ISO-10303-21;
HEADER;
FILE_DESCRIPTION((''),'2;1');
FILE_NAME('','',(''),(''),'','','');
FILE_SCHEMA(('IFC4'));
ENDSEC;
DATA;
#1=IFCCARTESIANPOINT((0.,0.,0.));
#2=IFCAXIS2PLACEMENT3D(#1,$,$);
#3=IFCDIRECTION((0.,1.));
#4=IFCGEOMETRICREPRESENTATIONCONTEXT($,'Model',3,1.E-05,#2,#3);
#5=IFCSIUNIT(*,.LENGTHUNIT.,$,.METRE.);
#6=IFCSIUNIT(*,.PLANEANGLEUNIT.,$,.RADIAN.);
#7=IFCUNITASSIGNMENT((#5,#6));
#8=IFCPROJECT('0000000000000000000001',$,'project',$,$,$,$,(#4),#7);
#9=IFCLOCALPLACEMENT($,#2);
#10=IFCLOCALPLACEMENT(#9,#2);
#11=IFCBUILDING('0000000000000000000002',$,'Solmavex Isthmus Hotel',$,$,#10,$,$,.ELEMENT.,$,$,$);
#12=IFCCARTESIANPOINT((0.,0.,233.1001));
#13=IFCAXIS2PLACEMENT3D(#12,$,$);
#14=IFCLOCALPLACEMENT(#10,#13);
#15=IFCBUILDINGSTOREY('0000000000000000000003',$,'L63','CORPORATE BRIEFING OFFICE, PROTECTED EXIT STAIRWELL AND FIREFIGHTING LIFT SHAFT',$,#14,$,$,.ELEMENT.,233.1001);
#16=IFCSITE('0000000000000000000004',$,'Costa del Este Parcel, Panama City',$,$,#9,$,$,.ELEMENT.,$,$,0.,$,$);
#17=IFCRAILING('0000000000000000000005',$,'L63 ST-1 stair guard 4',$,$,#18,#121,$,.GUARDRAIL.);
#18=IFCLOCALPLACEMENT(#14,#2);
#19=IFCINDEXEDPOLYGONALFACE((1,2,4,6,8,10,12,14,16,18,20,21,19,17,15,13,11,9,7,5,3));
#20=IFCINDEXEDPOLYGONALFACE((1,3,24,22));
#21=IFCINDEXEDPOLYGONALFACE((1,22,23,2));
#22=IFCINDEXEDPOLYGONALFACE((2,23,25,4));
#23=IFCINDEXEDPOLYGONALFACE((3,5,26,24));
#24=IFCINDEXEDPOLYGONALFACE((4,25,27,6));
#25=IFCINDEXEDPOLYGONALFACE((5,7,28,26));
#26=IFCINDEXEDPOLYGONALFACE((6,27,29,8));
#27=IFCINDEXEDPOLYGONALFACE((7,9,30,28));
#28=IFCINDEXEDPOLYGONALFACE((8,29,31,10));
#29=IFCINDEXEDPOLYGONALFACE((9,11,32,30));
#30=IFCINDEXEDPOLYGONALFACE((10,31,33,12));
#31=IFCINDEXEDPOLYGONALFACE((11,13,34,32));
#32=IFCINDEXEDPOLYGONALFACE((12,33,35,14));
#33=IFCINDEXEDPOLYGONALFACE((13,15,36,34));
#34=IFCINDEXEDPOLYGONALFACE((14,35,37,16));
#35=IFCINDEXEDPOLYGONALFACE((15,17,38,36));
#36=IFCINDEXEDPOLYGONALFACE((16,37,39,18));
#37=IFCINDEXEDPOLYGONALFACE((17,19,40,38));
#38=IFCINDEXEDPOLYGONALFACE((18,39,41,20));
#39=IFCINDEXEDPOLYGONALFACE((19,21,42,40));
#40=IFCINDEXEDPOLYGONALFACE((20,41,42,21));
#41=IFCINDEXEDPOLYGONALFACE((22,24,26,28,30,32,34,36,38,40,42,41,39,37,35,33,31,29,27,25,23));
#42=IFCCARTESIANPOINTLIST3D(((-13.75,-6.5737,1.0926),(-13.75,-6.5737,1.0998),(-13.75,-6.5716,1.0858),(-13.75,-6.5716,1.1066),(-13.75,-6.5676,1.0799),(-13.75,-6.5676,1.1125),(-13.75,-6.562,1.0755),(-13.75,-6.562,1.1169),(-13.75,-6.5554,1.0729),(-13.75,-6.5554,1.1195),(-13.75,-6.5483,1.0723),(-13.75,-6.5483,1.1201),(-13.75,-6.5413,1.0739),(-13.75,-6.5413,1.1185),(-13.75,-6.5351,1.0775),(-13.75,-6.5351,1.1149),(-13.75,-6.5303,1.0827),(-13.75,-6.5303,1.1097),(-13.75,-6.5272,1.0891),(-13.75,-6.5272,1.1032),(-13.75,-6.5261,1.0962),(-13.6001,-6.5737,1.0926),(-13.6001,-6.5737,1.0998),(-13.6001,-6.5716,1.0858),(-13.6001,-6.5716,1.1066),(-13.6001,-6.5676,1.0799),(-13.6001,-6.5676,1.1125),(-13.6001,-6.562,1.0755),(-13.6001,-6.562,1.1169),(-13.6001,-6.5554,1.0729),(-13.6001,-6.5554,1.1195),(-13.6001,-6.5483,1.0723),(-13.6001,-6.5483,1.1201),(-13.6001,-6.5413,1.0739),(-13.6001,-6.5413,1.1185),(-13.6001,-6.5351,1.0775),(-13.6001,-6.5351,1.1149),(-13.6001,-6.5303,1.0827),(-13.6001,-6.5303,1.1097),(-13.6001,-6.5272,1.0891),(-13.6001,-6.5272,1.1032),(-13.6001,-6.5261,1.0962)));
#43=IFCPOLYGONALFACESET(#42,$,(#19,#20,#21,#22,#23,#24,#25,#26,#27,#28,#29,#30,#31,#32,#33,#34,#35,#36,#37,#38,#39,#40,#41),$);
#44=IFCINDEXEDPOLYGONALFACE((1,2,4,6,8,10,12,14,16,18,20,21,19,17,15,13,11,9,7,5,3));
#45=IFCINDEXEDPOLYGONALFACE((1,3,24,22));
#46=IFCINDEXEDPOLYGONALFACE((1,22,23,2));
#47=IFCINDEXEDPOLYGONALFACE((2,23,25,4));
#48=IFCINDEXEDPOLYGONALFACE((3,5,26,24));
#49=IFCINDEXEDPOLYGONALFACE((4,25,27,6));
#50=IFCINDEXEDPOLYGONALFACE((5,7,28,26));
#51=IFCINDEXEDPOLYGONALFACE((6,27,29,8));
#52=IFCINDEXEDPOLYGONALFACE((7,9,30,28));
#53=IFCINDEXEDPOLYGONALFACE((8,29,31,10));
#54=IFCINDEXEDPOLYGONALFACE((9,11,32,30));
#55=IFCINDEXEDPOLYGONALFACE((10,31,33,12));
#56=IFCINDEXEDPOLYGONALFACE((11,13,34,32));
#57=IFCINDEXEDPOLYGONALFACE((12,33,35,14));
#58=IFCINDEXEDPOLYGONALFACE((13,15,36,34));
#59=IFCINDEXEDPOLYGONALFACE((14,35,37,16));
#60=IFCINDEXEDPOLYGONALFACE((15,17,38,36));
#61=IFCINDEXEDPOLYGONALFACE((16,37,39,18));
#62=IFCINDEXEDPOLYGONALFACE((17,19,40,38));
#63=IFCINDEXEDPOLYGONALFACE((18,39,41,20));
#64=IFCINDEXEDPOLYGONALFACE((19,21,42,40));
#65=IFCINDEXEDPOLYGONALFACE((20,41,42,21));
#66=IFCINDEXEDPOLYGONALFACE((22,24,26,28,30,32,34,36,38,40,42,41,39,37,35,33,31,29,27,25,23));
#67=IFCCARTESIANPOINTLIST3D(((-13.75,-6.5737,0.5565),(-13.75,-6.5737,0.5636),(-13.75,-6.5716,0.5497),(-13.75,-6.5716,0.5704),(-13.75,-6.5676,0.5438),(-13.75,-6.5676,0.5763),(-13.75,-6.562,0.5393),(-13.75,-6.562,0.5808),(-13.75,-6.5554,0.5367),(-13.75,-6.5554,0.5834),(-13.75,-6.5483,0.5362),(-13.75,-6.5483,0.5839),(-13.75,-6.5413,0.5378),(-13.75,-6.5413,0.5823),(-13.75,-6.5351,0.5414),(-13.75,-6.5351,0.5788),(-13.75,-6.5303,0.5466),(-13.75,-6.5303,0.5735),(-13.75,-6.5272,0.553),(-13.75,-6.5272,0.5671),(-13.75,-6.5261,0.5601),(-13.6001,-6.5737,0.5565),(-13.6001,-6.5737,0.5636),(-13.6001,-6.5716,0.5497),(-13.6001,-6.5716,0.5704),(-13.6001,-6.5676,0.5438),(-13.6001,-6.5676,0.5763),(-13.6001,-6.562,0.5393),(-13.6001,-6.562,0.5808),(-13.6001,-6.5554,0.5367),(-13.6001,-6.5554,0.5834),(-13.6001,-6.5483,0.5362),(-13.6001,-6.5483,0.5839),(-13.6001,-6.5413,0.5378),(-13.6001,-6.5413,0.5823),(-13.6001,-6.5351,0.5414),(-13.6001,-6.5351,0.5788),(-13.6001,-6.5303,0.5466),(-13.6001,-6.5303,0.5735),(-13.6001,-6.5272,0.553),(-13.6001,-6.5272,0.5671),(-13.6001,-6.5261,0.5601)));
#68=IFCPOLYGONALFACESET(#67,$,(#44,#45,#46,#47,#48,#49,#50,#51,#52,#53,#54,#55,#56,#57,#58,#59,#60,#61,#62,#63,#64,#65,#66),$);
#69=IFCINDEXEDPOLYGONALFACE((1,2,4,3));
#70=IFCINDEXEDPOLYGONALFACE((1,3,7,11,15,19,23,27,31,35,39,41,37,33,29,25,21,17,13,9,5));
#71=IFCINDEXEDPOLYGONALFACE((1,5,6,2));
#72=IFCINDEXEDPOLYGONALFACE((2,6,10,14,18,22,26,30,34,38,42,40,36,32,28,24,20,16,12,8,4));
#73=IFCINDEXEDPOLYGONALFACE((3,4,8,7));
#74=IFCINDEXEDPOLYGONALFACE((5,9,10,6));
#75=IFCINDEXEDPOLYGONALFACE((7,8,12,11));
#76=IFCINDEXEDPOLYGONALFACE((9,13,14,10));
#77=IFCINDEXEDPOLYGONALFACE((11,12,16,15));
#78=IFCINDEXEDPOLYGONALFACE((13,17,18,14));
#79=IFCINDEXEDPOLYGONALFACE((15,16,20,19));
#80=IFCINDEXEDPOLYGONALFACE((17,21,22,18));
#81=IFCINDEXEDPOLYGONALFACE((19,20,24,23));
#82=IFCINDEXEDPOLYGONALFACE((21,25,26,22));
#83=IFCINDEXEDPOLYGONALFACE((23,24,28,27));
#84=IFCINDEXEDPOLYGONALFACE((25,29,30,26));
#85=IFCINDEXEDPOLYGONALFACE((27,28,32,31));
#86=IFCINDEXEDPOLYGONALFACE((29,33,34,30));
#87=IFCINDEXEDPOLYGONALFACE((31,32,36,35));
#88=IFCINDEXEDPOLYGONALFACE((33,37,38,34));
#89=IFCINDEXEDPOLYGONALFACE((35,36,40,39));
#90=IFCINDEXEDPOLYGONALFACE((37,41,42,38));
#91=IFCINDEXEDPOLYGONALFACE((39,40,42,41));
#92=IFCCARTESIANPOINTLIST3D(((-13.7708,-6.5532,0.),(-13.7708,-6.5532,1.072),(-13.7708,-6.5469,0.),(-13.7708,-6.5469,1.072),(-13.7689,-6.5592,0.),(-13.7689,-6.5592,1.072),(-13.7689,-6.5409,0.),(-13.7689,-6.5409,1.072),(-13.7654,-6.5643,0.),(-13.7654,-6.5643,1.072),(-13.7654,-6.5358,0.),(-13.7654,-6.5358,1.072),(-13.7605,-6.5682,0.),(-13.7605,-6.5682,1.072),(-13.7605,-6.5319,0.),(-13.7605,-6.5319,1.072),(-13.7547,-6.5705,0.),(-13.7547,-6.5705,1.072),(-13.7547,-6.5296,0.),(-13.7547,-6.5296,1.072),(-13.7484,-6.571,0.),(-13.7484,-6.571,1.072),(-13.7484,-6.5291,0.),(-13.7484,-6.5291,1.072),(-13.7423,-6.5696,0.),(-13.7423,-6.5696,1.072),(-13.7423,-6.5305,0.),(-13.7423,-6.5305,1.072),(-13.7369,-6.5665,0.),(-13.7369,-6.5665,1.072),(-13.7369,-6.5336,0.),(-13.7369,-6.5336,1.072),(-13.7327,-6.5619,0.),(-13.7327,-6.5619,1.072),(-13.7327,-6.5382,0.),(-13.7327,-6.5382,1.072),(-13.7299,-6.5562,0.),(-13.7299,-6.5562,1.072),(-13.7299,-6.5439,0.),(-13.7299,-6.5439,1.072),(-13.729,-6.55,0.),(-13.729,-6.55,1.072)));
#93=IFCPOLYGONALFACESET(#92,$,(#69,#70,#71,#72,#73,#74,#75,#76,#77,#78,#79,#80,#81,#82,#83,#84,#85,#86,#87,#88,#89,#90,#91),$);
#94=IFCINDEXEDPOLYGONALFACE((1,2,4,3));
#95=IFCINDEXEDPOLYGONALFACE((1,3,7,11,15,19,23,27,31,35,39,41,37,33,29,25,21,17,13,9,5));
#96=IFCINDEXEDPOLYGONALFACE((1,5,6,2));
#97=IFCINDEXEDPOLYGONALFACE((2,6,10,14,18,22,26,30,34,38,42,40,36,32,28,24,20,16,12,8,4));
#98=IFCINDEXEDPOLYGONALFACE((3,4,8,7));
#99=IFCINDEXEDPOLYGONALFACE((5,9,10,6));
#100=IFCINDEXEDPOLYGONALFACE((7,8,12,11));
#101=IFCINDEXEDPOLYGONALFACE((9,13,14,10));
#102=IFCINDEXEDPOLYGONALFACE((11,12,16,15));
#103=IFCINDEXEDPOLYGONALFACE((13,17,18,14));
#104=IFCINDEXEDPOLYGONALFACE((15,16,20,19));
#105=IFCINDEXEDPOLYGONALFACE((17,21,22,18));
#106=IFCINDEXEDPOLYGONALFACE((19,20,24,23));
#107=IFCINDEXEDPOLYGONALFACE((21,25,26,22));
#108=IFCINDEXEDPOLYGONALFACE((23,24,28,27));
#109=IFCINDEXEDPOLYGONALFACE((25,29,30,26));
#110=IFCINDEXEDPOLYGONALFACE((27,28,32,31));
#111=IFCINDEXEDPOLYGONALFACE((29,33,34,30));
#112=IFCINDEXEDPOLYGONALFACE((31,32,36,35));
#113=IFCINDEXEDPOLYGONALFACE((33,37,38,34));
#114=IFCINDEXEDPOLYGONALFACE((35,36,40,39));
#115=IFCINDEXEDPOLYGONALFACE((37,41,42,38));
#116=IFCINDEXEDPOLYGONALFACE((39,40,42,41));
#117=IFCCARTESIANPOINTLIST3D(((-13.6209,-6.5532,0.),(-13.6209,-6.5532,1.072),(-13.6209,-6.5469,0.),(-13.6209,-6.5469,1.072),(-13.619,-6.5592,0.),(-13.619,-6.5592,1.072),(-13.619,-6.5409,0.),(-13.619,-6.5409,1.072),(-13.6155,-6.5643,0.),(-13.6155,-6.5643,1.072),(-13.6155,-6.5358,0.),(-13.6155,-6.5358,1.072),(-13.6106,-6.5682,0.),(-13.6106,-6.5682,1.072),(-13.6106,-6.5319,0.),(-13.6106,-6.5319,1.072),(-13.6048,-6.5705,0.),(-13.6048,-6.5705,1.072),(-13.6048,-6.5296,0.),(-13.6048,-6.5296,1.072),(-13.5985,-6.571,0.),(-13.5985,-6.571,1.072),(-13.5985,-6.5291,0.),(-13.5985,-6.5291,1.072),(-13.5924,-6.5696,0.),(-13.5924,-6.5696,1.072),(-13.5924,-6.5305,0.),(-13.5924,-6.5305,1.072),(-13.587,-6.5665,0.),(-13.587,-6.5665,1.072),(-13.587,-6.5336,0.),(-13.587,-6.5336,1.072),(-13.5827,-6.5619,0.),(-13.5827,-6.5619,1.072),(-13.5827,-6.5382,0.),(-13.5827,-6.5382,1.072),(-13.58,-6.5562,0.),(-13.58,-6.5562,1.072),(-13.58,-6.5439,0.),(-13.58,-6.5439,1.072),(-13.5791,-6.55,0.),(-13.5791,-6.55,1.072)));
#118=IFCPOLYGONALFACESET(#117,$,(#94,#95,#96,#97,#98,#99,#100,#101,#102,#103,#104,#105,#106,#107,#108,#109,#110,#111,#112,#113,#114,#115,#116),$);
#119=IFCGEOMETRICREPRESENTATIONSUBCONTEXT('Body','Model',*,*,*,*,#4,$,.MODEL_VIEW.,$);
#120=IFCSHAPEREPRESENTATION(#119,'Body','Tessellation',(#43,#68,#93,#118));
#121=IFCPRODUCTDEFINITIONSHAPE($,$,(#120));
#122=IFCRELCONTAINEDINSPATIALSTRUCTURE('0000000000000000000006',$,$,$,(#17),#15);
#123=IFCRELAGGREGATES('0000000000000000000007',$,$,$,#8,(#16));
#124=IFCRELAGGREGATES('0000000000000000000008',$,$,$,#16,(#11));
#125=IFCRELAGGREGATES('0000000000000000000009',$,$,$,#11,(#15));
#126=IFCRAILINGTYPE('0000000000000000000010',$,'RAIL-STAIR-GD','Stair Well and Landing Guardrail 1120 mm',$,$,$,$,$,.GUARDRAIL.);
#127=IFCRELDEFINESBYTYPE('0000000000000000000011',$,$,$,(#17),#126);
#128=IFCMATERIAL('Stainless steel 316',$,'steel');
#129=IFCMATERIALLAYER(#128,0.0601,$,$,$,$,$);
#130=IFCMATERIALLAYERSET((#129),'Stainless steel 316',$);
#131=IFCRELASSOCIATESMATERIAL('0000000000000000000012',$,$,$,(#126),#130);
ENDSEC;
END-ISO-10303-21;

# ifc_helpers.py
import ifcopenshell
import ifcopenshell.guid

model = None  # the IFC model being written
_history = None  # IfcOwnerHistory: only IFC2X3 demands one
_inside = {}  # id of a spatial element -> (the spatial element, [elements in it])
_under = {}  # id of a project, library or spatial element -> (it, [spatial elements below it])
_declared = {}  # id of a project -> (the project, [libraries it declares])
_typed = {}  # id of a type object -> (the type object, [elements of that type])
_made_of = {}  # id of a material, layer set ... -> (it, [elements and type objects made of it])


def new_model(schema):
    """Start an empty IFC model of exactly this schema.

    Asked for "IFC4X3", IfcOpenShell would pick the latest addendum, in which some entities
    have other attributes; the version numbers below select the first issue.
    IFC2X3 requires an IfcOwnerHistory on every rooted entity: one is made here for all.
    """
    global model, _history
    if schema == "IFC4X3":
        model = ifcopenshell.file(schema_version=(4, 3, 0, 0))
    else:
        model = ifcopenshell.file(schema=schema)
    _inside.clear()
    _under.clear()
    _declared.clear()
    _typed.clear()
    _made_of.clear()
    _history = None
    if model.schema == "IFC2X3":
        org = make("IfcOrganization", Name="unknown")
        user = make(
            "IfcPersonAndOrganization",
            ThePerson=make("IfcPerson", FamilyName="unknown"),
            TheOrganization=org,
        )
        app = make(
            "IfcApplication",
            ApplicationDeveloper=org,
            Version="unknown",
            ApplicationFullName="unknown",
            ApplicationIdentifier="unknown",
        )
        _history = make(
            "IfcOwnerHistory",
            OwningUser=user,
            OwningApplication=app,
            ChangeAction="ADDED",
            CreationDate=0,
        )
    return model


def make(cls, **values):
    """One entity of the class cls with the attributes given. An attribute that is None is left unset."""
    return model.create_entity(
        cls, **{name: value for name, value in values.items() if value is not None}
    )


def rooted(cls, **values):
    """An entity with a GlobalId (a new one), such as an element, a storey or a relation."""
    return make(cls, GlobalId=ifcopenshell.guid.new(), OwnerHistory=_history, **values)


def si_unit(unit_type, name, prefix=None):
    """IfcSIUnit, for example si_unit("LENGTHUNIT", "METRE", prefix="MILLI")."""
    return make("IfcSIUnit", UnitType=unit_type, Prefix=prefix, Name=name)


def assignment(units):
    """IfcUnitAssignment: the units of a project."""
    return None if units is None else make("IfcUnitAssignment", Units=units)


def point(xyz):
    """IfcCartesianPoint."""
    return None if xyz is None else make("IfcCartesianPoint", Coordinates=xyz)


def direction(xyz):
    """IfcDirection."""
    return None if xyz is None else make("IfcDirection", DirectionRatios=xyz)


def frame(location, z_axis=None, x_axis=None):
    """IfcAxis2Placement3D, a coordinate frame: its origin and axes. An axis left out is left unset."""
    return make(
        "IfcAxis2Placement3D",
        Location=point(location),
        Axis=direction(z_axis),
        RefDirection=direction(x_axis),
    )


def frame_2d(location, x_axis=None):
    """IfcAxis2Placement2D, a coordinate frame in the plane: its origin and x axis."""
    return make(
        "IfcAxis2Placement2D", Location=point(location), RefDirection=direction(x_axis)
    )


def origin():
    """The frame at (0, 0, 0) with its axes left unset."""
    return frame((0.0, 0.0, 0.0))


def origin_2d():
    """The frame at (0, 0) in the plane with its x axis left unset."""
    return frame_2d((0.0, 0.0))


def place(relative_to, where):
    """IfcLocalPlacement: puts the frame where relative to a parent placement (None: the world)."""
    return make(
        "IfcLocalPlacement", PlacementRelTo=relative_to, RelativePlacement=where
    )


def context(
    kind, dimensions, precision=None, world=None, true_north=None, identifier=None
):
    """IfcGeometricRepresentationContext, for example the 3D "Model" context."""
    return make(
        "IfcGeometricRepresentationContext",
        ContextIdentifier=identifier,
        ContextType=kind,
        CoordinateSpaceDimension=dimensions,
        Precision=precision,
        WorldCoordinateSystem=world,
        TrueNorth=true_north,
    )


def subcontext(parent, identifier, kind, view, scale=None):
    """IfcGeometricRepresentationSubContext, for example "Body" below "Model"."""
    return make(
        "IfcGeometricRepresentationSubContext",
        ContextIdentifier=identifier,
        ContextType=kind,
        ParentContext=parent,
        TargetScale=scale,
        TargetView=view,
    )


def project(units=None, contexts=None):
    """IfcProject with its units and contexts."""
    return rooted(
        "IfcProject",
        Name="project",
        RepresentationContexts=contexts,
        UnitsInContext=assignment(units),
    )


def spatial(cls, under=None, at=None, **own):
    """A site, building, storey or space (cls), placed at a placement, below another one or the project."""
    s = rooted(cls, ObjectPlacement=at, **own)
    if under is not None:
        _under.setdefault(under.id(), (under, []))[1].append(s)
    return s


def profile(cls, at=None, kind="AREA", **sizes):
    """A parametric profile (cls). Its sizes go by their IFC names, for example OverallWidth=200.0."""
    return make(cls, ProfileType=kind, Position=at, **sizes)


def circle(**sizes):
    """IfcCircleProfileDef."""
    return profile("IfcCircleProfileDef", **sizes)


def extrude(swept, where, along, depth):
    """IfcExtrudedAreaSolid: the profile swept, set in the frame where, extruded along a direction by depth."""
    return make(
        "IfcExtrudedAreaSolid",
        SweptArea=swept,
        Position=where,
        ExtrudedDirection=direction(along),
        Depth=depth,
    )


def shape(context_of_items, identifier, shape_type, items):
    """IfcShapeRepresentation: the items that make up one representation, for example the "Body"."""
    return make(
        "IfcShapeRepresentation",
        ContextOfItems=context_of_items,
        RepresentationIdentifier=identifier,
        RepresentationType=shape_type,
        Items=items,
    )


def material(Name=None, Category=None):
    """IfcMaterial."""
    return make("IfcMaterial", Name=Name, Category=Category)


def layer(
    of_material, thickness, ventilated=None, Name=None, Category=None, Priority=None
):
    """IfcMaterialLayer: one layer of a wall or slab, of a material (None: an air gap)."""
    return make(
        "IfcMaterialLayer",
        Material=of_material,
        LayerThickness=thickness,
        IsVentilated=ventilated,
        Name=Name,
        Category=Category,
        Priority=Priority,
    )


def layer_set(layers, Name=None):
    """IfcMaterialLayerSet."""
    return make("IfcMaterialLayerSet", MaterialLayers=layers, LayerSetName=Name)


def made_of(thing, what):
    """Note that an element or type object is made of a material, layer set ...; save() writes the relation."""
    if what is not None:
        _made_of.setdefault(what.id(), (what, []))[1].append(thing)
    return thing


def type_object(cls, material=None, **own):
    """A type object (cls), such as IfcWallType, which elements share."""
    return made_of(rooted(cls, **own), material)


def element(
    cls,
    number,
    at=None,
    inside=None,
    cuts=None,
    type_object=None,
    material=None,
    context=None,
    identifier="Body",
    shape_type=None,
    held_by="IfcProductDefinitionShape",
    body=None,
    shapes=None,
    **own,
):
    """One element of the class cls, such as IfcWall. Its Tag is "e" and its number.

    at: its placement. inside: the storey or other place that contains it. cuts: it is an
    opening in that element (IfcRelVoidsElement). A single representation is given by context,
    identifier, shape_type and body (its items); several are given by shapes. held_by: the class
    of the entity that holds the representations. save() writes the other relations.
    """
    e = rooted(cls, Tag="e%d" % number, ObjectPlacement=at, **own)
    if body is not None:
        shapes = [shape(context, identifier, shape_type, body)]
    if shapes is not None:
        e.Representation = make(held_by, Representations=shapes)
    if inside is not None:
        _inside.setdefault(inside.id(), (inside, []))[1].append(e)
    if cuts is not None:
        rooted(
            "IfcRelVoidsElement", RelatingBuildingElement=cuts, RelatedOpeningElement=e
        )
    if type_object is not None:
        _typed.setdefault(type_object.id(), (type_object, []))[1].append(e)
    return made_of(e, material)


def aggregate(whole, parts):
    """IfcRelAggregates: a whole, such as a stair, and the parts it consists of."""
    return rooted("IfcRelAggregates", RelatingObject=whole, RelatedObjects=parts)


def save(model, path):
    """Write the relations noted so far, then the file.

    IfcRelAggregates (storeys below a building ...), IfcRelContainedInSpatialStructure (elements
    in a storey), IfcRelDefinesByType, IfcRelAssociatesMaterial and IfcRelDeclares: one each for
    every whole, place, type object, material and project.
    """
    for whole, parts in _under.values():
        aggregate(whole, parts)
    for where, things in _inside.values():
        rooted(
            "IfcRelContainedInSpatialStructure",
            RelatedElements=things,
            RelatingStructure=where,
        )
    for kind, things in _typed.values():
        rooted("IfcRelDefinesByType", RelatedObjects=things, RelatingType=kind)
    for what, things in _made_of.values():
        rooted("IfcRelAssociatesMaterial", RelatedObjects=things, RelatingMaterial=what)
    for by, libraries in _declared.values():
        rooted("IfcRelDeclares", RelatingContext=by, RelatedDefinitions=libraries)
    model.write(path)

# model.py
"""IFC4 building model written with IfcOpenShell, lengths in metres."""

from ifc_helpers import new_model, si_unit, direction, frame, origin, origin_2d, place, context, subcontext, project, spatial, circle, extrude, material, layer, layer_set, type_object, element, save


model = new_model("IFC4")

# Units and contexts
model_context = context("Model", 3, precision=1e-05, world=origin(), true_north=direction((0.0, 1.0)))
body_context = subcontext(model_context, "Body", "Model", "MODEL_VIEW")
ifc_project = project(units=[si_unit("LENGTHUNIT", "METRE"), si_unit("PLANEANGLEUNIT", "RADIAN")], contexts=[model_context])

# Site, building, storey
site_placement = place(None, origin())
site = spatial("IfcSite", under=ifc_project, at=site_placement, Name="Costa del Este Parcel, Panama City", CompositionType="ELEMENT", RefElevation=0.0)
building_placement = place(site_placement, origin())
building = spatial("IfcBuilding", under=site, at=building_placement, Name="Solmavex Isthmus Hotel", CompositionType="ELEMENT")
storey_placement = place(building_placement, frame((0.0, 0.0, 233.1001)))
storey = spatial("IfcBuildingStorey", under=building, at=storey_placement, Name="L63", Description="CORPORATE BRIEFING OFFICE, PROTECTED EXIT STAIRWELL AND FIREFIGHTING LIFT SHAFT", CompositionType="ELEMENT", Elevation=233.1001)

# Railing
ifc_material_1 = material(Name="Stainless steel 316", Category="steel")
ifc_layer_1 = layer(ifc_material_1, 0.0601)
ifc_layer_set_1 = layer_set([ifc_layer_1], Name="Stainless steel 316")
railing_type_1 = type_object("IfcRailingType", Name="RAIL-STAIR-GD", Description="Stair Well and Landing Guardrail 1120 mm", PredefinedType="GUARDRAIL", material=ifc_layer_set_1)
railing_1_placement = place(storey_placement, frame((-13.75, -6.55, 0.0)))
element("IfcRailing", 1, at=railing_1_placement, inside=storey, type_object=railing_type_1, Name="L63 ST-1 stair guard 4", PredefinedType="GUARDRAIL", context=body_context, shape_type="SweptSolid", body=[
    extrude(circle(Radius=0.0239, at=origin_2d()), frame((0.0, 0.0, 1.0962), z_axis=(1.0, 0.0, 0.0), x_axis=(0.0, 1.0, 0.0)), (0.0, 0.0, 1.0), 0.1499),
    extrude(circle(Radius=0.0239, at=origin_2d()), frame((0.0, 0.0, 0.5601), z_axis=(1.0, 0.0, 0.0), x_axis=(0.0, 1.0, 0.0)), (0.0, 0.0, 1.0), 0.1499),
    extrude(circle(Radius=0.021, at=origin_2d()), origin(), (0.0, 0.0, 1.0), 1.072),
    extrude(circle(Radius=0.021, at=origin_2d()), frame((0.1499, 0.0, 0.0)), (0.0, 0.0, 1.0), 1.072),
])

save(model, "model.ifc")
